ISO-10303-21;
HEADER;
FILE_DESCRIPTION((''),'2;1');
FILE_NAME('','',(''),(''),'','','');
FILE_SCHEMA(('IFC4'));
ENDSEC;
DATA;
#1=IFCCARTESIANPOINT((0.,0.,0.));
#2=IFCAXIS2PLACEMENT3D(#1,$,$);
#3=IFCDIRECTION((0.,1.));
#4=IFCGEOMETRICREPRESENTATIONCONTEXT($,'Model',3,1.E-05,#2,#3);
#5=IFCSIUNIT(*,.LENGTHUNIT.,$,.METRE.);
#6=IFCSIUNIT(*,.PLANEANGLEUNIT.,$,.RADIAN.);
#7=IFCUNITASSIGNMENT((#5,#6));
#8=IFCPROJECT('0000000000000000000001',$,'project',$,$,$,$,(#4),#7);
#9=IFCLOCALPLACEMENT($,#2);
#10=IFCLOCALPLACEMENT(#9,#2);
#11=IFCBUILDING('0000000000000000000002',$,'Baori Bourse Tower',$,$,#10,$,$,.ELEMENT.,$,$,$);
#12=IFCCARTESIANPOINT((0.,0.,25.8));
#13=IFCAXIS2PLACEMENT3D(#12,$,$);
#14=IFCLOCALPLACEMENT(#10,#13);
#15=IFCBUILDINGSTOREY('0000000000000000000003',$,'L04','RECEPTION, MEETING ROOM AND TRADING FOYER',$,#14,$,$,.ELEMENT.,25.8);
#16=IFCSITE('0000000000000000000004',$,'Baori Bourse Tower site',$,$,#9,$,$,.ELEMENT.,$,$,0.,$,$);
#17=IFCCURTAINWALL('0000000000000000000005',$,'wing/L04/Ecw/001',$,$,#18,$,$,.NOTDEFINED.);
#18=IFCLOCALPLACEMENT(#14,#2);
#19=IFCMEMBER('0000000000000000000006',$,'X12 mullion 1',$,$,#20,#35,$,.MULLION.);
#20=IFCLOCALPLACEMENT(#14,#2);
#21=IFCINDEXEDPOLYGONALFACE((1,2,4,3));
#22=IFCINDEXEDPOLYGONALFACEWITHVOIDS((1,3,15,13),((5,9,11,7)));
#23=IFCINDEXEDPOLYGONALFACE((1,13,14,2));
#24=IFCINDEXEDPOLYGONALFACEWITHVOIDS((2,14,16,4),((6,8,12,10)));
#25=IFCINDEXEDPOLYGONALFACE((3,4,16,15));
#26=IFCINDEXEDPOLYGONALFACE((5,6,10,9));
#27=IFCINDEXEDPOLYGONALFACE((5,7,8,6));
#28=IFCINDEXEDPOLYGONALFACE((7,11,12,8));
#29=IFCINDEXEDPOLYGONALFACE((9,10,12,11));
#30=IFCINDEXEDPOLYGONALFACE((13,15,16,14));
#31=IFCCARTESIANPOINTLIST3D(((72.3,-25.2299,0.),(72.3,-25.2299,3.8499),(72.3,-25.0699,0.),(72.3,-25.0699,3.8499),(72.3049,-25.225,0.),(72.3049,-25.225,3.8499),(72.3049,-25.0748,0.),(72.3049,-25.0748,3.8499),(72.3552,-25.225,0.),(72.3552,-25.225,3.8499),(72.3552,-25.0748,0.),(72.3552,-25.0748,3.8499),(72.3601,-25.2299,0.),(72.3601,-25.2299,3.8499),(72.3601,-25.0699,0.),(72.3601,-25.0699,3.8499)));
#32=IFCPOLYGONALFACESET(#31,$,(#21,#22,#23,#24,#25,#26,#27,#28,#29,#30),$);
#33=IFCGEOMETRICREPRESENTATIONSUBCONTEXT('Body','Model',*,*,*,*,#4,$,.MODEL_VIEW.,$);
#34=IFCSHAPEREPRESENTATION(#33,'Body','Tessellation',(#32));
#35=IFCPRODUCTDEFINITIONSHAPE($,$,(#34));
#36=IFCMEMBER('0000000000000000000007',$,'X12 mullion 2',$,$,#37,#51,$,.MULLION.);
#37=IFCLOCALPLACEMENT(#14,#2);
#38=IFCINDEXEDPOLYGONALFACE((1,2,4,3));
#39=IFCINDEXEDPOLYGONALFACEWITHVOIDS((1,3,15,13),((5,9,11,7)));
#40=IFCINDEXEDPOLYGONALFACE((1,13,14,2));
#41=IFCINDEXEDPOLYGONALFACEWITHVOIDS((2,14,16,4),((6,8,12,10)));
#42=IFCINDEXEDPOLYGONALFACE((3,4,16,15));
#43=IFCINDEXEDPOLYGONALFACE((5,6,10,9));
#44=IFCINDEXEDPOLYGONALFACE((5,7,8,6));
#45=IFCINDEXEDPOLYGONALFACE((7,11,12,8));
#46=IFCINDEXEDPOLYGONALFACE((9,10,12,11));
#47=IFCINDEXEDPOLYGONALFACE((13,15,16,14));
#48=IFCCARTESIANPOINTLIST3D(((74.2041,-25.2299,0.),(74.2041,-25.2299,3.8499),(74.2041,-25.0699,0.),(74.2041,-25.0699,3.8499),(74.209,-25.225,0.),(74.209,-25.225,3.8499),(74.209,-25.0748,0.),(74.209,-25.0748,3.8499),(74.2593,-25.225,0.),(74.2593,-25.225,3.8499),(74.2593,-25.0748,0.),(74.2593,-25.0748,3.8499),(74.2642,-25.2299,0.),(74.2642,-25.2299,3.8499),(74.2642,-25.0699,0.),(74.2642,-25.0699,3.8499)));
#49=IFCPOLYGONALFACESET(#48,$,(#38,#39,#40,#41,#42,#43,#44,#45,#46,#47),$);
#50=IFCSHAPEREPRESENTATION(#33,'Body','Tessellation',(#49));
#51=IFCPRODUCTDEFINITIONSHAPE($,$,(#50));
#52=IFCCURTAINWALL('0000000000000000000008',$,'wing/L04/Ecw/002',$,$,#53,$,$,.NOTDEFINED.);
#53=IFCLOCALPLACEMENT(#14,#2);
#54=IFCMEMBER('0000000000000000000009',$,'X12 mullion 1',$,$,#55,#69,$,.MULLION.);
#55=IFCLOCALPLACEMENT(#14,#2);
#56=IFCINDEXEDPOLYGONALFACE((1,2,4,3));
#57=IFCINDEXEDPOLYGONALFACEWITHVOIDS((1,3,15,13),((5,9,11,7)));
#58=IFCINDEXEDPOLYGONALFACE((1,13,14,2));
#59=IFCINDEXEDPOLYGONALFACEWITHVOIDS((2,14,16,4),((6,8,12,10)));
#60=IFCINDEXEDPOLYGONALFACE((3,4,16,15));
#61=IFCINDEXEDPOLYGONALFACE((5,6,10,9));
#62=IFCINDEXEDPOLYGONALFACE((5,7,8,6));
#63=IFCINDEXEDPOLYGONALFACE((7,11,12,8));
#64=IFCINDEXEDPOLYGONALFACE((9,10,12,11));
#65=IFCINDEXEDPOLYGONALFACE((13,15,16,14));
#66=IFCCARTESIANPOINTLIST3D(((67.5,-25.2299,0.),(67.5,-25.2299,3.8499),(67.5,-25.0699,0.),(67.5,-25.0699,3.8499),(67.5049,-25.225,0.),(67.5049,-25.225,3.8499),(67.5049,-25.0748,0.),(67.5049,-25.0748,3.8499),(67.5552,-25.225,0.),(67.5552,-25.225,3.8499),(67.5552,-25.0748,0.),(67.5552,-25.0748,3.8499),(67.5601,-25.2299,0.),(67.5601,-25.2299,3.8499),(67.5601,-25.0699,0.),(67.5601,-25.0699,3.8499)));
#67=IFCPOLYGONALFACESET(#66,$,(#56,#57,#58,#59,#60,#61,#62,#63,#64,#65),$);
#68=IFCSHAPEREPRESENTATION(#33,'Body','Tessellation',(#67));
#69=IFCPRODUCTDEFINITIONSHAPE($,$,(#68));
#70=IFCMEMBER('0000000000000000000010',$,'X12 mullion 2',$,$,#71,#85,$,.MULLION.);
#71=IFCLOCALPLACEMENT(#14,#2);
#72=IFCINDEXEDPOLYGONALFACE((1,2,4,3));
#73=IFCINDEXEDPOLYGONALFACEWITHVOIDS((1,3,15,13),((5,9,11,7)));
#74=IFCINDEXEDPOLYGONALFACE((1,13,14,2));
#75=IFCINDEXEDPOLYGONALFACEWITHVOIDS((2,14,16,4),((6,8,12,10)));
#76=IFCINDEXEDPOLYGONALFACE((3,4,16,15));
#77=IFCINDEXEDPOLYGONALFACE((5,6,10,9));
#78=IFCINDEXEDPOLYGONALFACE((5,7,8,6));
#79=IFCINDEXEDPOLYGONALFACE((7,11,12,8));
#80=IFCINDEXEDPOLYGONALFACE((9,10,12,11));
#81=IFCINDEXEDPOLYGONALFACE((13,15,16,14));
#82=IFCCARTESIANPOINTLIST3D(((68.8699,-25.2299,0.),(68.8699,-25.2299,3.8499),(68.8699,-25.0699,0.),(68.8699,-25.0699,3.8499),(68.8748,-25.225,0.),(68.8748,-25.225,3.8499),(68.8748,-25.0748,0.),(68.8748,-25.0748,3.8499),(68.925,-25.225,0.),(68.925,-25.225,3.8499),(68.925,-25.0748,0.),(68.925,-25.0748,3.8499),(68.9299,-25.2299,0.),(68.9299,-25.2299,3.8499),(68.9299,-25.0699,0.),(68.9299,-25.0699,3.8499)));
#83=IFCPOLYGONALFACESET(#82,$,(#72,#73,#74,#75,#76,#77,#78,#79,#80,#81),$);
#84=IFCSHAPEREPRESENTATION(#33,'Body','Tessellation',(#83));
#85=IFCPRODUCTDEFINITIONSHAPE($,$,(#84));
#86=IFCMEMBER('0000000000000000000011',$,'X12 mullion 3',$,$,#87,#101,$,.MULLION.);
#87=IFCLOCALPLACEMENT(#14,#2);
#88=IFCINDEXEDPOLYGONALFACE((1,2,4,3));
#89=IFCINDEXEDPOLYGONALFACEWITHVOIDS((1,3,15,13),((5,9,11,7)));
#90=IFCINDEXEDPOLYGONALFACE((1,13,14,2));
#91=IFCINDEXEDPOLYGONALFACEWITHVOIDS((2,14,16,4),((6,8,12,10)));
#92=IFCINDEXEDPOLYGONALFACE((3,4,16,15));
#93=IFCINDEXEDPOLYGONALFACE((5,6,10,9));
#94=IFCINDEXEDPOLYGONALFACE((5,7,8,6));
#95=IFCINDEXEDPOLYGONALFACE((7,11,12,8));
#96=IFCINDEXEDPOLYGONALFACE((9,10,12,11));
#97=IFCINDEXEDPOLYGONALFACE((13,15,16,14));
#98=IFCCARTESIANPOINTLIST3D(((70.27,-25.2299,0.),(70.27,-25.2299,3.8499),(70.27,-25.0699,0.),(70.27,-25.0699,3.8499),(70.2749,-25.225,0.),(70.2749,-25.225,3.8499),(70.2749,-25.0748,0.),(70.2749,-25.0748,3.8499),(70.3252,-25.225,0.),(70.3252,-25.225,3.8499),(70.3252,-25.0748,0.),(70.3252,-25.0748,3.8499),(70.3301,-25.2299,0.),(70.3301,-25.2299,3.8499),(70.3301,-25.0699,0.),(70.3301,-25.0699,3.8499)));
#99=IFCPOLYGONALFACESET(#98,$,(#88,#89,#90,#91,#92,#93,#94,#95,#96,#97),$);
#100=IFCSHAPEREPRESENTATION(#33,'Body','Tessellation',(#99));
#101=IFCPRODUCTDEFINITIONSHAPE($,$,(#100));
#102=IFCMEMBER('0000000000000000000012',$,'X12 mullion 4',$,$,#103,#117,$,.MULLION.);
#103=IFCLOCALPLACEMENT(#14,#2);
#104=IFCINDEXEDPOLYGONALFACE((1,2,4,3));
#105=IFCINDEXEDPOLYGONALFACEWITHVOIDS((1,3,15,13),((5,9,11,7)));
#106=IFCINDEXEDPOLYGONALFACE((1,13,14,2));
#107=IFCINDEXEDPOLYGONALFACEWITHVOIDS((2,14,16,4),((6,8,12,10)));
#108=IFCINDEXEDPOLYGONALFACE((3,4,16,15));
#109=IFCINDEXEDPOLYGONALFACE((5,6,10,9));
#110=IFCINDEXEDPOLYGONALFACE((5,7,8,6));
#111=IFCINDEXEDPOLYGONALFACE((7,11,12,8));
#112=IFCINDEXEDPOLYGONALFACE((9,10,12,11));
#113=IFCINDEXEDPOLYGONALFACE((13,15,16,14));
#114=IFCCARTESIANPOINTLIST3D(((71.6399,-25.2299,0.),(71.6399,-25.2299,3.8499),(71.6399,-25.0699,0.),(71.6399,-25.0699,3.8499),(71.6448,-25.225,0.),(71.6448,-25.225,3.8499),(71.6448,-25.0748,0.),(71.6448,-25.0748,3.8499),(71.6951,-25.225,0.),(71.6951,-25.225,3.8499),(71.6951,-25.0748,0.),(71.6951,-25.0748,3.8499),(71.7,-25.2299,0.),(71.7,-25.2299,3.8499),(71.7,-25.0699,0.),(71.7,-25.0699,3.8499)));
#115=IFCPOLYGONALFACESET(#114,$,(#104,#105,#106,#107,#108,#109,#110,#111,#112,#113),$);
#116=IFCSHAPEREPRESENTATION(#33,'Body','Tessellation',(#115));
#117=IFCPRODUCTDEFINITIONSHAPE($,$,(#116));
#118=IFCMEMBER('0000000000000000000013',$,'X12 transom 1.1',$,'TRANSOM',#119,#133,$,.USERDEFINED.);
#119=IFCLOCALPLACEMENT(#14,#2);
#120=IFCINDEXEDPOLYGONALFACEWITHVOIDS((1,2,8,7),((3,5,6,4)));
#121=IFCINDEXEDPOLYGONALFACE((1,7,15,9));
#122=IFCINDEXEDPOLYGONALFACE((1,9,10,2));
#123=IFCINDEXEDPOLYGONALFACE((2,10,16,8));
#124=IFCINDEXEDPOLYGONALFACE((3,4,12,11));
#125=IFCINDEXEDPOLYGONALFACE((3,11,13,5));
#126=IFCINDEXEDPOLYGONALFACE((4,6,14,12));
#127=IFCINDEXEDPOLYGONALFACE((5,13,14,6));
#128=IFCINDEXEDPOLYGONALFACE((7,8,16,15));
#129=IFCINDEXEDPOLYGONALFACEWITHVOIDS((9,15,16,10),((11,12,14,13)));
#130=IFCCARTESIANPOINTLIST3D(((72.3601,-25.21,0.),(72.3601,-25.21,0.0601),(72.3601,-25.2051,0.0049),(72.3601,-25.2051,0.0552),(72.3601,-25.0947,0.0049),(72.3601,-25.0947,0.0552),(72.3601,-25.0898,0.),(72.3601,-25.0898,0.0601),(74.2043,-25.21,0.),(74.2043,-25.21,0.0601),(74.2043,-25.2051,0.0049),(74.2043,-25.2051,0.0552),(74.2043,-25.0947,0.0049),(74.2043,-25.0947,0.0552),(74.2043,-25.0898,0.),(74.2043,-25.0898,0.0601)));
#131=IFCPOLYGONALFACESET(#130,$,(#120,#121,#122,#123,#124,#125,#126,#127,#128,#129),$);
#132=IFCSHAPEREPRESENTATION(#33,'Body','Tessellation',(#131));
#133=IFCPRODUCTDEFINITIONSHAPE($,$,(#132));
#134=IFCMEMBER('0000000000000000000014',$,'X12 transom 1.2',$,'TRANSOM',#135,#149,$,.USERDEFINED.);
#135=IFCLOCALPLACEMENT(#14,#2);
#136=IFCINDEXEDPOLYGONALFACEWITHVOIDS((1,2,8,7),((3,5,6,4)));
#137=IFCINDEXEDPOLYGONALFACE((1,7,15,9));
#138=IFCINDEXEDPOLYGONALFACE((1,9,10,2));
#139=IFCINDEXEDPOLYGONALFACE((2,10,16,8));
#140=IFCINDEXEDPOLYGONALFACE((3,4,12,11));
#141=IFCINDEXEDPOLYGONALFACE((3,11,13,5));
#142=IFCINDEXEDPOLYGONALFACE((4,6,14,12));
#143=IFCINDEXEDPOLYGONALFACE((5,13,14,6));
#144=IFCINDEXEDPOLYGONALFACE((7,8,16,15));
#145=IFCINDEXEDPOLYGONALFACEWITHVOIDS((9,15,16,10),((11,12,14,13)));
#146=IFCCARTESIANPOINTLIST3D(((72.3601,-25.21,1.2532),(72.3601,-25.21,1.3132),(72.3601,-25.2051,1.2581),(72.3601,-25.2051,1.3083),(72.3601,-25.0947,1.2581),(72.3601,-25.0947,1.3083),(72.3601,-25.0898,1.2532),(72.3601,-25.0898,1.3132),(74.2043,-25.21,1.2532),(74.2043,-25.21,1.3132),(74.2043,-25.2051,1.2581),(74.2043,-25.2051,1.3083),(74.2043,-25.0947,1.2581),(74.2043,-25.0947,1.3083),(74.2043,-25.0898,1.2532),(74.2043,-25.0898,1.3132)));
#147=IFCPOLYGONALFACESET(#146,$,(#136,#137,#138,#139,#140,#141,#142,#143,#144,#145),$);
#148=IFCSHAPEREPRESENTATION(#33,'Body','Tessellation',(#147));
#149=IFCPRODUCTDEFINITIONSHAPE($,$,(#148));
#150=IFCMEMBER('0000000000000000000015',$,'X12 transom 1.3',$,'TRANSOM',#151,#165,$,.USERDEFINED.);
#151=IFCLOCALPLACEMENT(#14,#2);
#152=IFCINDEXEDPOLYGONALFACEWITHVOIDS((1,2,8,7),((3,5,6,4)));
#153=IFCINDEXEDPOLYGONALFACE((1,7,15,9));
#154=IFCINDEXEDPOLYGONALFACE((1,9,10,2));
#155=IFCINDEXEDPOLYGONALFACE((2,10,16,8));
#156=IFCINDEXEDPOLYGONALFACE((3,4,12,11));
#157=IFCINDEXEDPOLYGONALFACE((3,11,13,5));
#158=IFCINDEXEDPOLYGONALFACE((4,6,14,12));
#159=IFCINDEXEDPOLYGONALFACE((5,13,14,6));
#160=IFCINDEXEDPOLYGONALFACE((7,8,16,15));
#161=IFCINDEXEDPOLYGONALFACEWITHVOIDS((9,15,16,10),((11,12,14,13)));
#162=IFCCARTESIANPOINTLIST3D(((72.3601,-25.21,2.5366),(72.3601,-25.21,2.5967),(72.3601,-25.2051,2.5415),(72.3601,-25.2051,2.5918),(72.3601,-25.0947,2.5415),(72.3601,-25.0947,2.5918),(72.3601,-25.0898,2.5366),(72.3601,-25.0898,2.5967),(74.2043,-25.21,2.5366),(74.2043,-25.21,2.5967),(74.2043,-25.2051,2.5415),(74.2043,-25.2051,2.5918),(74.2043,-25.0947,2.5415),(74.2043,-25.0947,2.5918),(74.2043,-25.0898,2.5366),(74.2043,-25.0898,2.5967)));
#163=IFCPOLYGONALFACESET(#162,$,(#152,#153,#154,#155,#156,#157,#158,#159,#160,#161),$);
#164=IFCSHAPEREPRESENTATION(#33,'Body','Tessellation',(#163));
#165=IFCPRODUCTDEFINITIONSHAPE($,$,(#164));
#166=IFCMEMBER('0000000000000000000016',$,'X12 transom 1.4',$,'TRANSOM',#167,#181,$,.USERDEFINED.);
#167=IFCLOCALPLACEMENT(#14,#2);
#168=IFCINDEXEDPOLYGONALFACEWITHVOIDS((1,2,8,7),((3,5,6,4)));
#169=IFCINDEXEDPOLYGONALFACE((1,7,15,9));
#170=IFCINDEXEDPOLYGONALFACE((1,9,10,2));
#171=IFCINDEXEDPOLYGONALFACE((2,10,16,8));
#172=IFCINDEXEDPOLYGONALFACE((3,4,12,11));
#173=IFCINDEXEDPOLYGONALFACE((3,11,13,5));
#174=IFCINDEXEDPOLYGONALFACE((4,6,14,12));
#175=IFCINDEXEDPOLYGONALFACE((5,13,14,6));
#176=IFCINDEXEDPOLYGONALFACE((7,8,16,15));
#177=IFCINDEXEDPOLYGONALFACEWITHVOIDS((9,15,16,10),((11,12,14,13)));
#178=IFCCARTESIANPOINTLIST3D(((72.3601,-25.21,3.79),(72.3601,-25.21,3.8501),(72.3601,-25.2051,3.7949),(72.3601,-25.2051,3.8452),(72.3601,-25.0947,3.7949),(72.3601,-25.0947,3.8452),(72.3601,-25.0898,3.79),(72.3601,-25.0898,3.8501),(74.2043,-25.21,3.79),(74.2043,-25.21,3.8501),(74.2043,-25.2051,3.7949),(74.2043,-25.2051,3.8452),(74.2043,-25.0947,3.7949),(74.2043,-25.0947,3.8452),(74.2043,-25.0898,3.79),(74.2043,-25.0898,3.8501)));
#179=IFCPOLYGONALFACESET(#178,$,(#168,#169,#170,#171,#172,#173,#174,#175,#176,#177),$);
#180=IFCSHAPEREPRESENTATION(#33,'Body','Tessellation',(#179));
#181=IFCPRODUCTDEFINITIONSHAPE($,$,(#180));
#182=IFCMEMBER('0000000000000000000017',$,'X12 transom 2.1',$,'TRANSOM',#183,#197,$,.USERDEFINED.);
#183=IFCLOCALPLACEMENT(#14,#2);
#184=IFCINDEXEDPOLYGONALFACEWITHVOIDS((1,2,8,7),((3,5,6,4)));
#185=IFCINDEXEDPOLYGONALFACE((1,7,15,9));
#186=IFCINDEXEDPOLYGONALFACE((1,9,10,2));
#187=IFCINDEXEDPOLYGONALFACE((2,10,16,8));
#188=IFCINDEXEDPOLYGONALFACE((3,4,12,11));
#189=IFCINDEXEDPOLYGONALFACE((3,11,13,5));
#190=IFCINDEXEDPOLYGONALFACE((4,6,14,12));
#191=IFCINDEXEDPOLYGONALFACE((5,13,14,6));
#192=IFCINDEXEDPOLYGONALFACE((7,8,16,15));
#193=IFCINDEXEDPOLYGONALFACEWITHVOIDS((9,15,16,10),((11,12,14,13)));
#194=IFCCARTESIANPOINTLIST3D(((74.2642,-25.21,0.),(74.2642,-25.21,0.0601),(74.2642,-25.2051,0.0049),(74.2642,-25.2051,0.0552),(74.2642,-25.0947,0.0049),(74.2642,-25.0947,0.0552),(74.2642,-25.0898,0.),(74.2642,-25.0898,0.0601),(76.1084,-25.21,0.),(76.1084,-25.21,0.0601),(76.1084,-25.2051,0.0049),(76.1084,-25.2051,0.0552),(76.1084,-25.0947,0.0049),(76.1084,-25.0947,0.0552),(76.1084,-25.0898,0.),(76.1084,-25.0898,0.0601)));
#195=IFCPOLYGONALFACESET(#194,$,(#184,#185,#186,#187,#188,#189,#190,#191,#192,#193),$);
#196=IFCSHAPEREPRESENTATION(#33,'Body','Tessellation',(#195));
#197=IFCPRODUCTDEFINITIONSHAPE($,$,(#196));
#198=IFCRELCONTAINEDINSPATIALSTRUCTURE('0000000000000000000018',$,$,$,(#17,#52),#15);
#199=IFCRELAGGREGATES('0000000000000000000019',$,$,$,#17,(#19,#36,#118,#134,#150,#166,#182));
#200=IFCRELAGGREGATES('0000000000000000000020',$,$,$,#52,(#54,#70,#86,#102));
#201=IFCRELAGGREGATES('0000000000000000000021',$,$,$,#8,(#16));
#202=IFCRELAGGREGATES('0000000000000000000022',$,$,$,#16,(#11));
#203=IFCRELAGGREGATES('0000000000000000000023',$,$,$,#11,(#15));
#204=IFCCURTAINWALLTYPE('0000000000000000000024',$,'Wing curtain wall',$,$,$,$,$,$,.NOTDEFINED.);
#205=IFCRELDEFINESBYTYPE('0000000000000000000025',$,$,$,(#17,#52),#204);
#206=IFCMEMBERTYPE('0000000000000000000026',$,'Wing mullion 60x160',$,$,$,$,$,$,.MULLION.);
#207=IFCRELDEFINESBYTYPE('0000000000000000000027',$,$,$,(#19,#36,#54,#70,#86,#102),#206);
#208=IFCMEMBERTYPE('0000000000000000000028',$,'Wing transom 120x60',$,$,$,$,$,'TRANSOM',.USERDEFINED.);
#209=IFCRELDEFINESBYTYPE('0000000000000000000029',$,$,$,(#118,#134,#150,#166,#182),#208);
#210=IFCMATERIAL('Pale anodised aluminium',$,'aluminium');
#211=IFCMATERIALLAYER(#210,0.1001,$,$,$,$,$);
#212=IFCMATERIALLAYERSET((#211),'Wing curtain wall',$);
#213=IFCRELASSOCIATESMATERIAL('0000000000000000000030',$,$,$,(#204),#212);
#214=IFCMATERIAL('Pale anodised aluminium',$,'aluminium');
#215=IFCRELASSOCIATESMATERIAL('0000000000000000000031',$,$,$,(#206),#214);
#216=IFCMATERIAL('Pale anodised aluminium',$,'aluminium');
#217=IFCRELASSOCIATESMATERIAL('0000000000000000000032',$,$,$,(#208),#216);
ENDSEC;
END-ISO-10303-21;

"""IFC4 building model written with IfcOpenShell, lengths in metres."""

from ifc_helpers import new_model, si_unit, direction, frame, origin, origin_2d, place, context, subcontext, project, spatial, hollow_rectangle, extrude, material, layer, layer_set, material_profile, profile_set, type_object, element, aggregate, save


model = new_model("IFC4")

# Units and contexts
model_context = context("Model", 3, precision=1e-05, world=origin(), true_north=direction((0.0, 1.0)))
body_context = subcontext(model_context, "Body", "Model", "MODEL_VIEW")
ifc_project = project(units=[si_unit("LENGTHUNIT", "METRE"), si_unit("PLANEANGLEUNIT", "RADIAN")], contexts=[model_context])

# Site, building, storey
site_placement = place(None, origin())
site = spatial("IfcSite", under=ifc_project, at=site_placement, Name="Baori Bourse Tower site", CompositionType="ELEMENT", RefElevation=0.0)
building_placement = place(site_placement, origin())
building = spatial("IfcBuilding", under=site, at=building_placement, Name="Baori Bourse Tower", CompositionType="ELEMENT")
storey_placement = place(building_placement, frame((0.0, 0.0, 25.8)))
storey = spatial("IfcBuildingStorey", under=building, at=storey_placement, Name="L04", Description="RECEPTION, MEETING ROOM AND TRADING FOYER", CompositionType="ELEMENT", Elevation=25.8)

# Curtain walls, members
ifc_material_1 = material(Name="Pale anodised aluminium", Category="aluminium")
ifc_layer_1 = layer(ifc_material_1, 0.1001)
ifc_layer_set_1 = layer_set([ifc_layer_1], Name="Wing curtain wall")
curtain_wall_type = type_object("IfcCurtainWallType", Name="Wing curtain wall", PredefinedType="NOTDEFINED", material=ifc_layer_set_1)
curtain_wall_1_placement = place(storey_placement, origin())
curtain_wall_1 = element("IfcCurtainWall", 1, at=curtain_wall_1_placement, inside=storey, type_object=curtain_wall_type, Name="wing/L04/Ecw/001", PredefinedType="NOTDEFINED")
ifc_material_2 = material(Name="Pale anodised aluminium", Category="aluminium")
ifc_material_profile_1 = material_profile(ifc_material_2, hollow_rectangle(XDim=0.1599, YDim=0.0601, WallThickness=0.0049, at=origin_2d()), Name="Mullion 160x60x5")
ifc_profile_set_1 = profile_set([ifc_material_profile_1], Name="Pale anodised aluminium")
member_type_1 = type_object("IfcMemberType", Name="Wing mullion 60x160", PredefinedType="MULLION", material=ifc_profile_set_1)
member_1_placement = place(storey_placement, frame((72.3301, -25.1499, 0.0), z_axis=(0.0, 0.0, 1.0), x_axis=(0.0, 1.0, 0.0)))
member_1 = element("IfcMember", 2, at=member_1_placement, type_object=member_type_1, Name="X12 mullion 1", PredefinedType="MULLION", context=body_context, shape_type="SweptSolid", body=[
    extrude(hollow_rectangle(XDim=0.1599, YDim=0.0601, WallThickness=0.0049, at=origin_2d()), origin(), (0.0, 0.0, 1.0), 3.8499),
])
member_2_placement = place(storey_placement, frame((74.2341, -25.1499, 0.0), z_axis=(0.0, 0.0, 1.0), x_axis=(0.0, 1.0, 0.0)))
member_2 = element("IfcMember", 3, at=member_2_placement, type_object=member_type_1, Name="X12 mullion 2", PredefinedType="MULLION", context=body_context, shape_type="SweptSolid", body=[
    extrude(hollow_rectangle(XDim=0.1599, YDim=0.0601, WallThickness=0.0049, at=origin_2d()), origin(), (0.0, 0.0, 1.0), 3.8499),
])
curtain_wall_2_placement = place(storey_placement, origin())
curtain_wall_2 = element("IfcCurtainWall", 4, at=curtain_wall_2_placement, inside=storey, type_object=curtain_wall_type, Name="wing/L04/Ecw/002", PredefinedType="NOTDEFINED")
member_3_placement = place(storey_placement, frame((67.53, -25.1499, 0.0), z_axis=(0.0, 0.0, 1.0), x_axis=(0.0, 1.0, 0.0)))
member_3 = element("IfcMember", 5, at=member_3_placement, type_object=member_type_1, Name="X12 mullion 1", PredefinedType="MULLION", context=body_context, shape_type="SweptSolid", body=[
    extrude(hollow_rectangle(XDim=0.1599, YDim=0.0601, WallThickness=0.0049, at=origin_2d()), origin(), (0.0, 0.0, 1.0), 3.8499),
])
member_4_placement = place(storey_placement, frame((68.8999, -25.1499, 0.0), z_axis=(0.0, 0.0, 1.0), x_axis=(0.0, 1.0, 0.0)))
member_4 = element("IfcMember", 6, at=member_4_placement, type_object=member_type_1, Name="X12 mullion 2", PredefinedType="MULLION", context=body_context, shape_type="SweptSolid", body=[
    extrude(hollow_rectangle(XDim=0.1599, YDim=0.0601, WallThickness=0.0049, at=origin_2d()), origin(), (0.0, 0.0, 1.0), 3.8499),
])
member_5_placement = place(storey_placement, frame((70.3, -25.1499, 0.0), z_axis=(0.0, 0.0, 1.0), x_axis=(0.0, 1.0, 0.0)))
member_5 = element("IfcMember", 7, at=member_5_placement, type_object=member_type_1, Name="X12 mullion 3", PredefinedType="MULLION", context=body_context, shape_type="SweptSolid", body=[
    extrude(hollow_rectangle(XDim=0.1599, YDim=0.0601, WallThickness=0.0049, at=origin_2d()), origin(), (0.0, 0.0, 1.0), 3.8499),
])
member_6_placement = place(storey_placement, frame((71.6699, -25.1499, 0.0), z_axis=(0.0, 0.0, 1.0), x_axis=(0.0, 1.0, 0.0)))
member_6 = element("IfcMember", 8, at=member_6_placement, type_object=member_type_1, Name="X12 mullion 4", PredefinedType="MULLION", context=body_context, shape_type="SweptSolid", body=[
    extrude(hollow_rectangle(XDim=0.1599, YDim=0.0601, WallThickness=0.0049, at=origin_2d()), origin(), (0.0, 0.0, 1.0), 3.8499),
])

# Members
ifc_material_3 = material(Name="Pale anodised aluminium", Category="aluminium")
ifc_material_profile_2 = material_profile(ifc_material_3, hollow_rectangle(XDim=0.1201, YDim=0.0601, WallThickness=0.0049, at=origin_2d()), Name="Transom 120x60x5")
ifc_profile_set_2 = profile_set([ifc_material_profile_2], Name="Pale anodised aluminium")
member_type_2 = type_object("IfcMemberType", Name="Wing transom 120x60", ElementType="TRANSOM", PredefinedType="USERDEFINED", material=ifc_profile_set_2)
member_7_placement = place(storey_placement, frame((72.3601, -25.1499, 0.03), z_axis=(1.0, 0.0, 0.0), x_axis=(0.0, 1.0, 0.0)))
member_7 = element("IfcMember", 9, at=member_7_placement, type_object=member_type_2, Name="X12 transom 1.1", ObjectType="TRANSOM", PredefinedType="USERDEFINED", context=body_context, shape_type="SweptSolid", body=[
    extrude(hollow_rectangle(XDim=0.1201, YDim=0.0601, WallThickness=0.0049, at=origin_2d()), origin(), (0.0, 0.0, 1.0), 1.8442),
])
member_8_placement = place(storey_placement, frame((72.3601, -25.1499, 1.2832), z_axis=(1.0, 0.0, 0.0), x_axis=(0.0, 1.0, 0.0)))
member_8 = element("IfcMember", 10, at=member_8_placement, type_object=member_type_2, Name="X12 transom 1.2", ObjectType="TRANSOM", PredefinedType="USERDEFINED", context=body_context, shape_type="SweptSolid", body=[
    extrude(hollow_rectangle(XDim=0.1201, YDim=0.0601, WallThickness=0.0049, at=origin_2d()), origin(), (0.0, 0.0, 1.0), 1.8442),
])
member_9_placement = place(storey_placement, frame((72.3601, -25.1499, 2.5667), z_axis=(1.0, 0.0, 0.0), x_axis=(0.0, 1.0, 0.0)))
member_9 = element("IfcMember", 11, at=member_9_placement, type_object=member_type_2, Name="X12 transom 1.3", ObjectType="TRANSOM", PredefinedType="USERDEFINED", context=body_context, shape_type="SweptSolid", body=[
    extrude(hollow_rectangle(XDim=0.1201, YDim=0.0601, WallThickness=0.0049, at=origin_2d()), origin(), (0.0, 0.0, 1.0), 1.8442),
])
member_10_placement = place(storey_placement, frame((72.3601, -25.1499, 3.8201), z_axis=(1.0, 0.0, 0.0), x_axis=(0.0, 1.0, 0.0)))
member_10 = element("IfcMember", 12, at=member_10_placement, type_object=member_type_2, Name="X12 transom 1.4", ObjectType="TRANSOM", PredefinedType="USERDEFINED", context=body_context, shape_type="SweptSolid", body=[
    extrude(hollow_rectangle(XDim=0.1201, YDim=0.0601, WallThickness=0.0049, at=origin_2d()), origin(), (0.0, 0.0, 1.0), 1.8442),
])
member_11_placement = place(storey_placement, frame((74.2642, -25.1499, 0.03), z_axis=(1.0, 0.0, 0.0), x_axis=(0.0, 1.0, 0.0)))
member_11 = element("IfcMember", 13, at=member_11_placement, type_object=member_type_2, Name="X12 transom 2.1", ObjectType="TRANSOM", PredefinedType="USERDEFINED", context=body_context, shape_type="SweptSolid", body=[
    extrude(hollow_rectangle(XDim=0.1201, YDim=0.0601, WallThickness=0.0049, at=origin_2d()), origin(), (0.0, 0.0, 1.0), 1.8442),
])

aggregate(curtain_wall_1, [member_1, member_2, member_7, member_8, member_9, member_10, member_11])
aggregate(curtain_wall_2, [member_3, member_4, member_5, member_6])

save(model, "model.ifc")
